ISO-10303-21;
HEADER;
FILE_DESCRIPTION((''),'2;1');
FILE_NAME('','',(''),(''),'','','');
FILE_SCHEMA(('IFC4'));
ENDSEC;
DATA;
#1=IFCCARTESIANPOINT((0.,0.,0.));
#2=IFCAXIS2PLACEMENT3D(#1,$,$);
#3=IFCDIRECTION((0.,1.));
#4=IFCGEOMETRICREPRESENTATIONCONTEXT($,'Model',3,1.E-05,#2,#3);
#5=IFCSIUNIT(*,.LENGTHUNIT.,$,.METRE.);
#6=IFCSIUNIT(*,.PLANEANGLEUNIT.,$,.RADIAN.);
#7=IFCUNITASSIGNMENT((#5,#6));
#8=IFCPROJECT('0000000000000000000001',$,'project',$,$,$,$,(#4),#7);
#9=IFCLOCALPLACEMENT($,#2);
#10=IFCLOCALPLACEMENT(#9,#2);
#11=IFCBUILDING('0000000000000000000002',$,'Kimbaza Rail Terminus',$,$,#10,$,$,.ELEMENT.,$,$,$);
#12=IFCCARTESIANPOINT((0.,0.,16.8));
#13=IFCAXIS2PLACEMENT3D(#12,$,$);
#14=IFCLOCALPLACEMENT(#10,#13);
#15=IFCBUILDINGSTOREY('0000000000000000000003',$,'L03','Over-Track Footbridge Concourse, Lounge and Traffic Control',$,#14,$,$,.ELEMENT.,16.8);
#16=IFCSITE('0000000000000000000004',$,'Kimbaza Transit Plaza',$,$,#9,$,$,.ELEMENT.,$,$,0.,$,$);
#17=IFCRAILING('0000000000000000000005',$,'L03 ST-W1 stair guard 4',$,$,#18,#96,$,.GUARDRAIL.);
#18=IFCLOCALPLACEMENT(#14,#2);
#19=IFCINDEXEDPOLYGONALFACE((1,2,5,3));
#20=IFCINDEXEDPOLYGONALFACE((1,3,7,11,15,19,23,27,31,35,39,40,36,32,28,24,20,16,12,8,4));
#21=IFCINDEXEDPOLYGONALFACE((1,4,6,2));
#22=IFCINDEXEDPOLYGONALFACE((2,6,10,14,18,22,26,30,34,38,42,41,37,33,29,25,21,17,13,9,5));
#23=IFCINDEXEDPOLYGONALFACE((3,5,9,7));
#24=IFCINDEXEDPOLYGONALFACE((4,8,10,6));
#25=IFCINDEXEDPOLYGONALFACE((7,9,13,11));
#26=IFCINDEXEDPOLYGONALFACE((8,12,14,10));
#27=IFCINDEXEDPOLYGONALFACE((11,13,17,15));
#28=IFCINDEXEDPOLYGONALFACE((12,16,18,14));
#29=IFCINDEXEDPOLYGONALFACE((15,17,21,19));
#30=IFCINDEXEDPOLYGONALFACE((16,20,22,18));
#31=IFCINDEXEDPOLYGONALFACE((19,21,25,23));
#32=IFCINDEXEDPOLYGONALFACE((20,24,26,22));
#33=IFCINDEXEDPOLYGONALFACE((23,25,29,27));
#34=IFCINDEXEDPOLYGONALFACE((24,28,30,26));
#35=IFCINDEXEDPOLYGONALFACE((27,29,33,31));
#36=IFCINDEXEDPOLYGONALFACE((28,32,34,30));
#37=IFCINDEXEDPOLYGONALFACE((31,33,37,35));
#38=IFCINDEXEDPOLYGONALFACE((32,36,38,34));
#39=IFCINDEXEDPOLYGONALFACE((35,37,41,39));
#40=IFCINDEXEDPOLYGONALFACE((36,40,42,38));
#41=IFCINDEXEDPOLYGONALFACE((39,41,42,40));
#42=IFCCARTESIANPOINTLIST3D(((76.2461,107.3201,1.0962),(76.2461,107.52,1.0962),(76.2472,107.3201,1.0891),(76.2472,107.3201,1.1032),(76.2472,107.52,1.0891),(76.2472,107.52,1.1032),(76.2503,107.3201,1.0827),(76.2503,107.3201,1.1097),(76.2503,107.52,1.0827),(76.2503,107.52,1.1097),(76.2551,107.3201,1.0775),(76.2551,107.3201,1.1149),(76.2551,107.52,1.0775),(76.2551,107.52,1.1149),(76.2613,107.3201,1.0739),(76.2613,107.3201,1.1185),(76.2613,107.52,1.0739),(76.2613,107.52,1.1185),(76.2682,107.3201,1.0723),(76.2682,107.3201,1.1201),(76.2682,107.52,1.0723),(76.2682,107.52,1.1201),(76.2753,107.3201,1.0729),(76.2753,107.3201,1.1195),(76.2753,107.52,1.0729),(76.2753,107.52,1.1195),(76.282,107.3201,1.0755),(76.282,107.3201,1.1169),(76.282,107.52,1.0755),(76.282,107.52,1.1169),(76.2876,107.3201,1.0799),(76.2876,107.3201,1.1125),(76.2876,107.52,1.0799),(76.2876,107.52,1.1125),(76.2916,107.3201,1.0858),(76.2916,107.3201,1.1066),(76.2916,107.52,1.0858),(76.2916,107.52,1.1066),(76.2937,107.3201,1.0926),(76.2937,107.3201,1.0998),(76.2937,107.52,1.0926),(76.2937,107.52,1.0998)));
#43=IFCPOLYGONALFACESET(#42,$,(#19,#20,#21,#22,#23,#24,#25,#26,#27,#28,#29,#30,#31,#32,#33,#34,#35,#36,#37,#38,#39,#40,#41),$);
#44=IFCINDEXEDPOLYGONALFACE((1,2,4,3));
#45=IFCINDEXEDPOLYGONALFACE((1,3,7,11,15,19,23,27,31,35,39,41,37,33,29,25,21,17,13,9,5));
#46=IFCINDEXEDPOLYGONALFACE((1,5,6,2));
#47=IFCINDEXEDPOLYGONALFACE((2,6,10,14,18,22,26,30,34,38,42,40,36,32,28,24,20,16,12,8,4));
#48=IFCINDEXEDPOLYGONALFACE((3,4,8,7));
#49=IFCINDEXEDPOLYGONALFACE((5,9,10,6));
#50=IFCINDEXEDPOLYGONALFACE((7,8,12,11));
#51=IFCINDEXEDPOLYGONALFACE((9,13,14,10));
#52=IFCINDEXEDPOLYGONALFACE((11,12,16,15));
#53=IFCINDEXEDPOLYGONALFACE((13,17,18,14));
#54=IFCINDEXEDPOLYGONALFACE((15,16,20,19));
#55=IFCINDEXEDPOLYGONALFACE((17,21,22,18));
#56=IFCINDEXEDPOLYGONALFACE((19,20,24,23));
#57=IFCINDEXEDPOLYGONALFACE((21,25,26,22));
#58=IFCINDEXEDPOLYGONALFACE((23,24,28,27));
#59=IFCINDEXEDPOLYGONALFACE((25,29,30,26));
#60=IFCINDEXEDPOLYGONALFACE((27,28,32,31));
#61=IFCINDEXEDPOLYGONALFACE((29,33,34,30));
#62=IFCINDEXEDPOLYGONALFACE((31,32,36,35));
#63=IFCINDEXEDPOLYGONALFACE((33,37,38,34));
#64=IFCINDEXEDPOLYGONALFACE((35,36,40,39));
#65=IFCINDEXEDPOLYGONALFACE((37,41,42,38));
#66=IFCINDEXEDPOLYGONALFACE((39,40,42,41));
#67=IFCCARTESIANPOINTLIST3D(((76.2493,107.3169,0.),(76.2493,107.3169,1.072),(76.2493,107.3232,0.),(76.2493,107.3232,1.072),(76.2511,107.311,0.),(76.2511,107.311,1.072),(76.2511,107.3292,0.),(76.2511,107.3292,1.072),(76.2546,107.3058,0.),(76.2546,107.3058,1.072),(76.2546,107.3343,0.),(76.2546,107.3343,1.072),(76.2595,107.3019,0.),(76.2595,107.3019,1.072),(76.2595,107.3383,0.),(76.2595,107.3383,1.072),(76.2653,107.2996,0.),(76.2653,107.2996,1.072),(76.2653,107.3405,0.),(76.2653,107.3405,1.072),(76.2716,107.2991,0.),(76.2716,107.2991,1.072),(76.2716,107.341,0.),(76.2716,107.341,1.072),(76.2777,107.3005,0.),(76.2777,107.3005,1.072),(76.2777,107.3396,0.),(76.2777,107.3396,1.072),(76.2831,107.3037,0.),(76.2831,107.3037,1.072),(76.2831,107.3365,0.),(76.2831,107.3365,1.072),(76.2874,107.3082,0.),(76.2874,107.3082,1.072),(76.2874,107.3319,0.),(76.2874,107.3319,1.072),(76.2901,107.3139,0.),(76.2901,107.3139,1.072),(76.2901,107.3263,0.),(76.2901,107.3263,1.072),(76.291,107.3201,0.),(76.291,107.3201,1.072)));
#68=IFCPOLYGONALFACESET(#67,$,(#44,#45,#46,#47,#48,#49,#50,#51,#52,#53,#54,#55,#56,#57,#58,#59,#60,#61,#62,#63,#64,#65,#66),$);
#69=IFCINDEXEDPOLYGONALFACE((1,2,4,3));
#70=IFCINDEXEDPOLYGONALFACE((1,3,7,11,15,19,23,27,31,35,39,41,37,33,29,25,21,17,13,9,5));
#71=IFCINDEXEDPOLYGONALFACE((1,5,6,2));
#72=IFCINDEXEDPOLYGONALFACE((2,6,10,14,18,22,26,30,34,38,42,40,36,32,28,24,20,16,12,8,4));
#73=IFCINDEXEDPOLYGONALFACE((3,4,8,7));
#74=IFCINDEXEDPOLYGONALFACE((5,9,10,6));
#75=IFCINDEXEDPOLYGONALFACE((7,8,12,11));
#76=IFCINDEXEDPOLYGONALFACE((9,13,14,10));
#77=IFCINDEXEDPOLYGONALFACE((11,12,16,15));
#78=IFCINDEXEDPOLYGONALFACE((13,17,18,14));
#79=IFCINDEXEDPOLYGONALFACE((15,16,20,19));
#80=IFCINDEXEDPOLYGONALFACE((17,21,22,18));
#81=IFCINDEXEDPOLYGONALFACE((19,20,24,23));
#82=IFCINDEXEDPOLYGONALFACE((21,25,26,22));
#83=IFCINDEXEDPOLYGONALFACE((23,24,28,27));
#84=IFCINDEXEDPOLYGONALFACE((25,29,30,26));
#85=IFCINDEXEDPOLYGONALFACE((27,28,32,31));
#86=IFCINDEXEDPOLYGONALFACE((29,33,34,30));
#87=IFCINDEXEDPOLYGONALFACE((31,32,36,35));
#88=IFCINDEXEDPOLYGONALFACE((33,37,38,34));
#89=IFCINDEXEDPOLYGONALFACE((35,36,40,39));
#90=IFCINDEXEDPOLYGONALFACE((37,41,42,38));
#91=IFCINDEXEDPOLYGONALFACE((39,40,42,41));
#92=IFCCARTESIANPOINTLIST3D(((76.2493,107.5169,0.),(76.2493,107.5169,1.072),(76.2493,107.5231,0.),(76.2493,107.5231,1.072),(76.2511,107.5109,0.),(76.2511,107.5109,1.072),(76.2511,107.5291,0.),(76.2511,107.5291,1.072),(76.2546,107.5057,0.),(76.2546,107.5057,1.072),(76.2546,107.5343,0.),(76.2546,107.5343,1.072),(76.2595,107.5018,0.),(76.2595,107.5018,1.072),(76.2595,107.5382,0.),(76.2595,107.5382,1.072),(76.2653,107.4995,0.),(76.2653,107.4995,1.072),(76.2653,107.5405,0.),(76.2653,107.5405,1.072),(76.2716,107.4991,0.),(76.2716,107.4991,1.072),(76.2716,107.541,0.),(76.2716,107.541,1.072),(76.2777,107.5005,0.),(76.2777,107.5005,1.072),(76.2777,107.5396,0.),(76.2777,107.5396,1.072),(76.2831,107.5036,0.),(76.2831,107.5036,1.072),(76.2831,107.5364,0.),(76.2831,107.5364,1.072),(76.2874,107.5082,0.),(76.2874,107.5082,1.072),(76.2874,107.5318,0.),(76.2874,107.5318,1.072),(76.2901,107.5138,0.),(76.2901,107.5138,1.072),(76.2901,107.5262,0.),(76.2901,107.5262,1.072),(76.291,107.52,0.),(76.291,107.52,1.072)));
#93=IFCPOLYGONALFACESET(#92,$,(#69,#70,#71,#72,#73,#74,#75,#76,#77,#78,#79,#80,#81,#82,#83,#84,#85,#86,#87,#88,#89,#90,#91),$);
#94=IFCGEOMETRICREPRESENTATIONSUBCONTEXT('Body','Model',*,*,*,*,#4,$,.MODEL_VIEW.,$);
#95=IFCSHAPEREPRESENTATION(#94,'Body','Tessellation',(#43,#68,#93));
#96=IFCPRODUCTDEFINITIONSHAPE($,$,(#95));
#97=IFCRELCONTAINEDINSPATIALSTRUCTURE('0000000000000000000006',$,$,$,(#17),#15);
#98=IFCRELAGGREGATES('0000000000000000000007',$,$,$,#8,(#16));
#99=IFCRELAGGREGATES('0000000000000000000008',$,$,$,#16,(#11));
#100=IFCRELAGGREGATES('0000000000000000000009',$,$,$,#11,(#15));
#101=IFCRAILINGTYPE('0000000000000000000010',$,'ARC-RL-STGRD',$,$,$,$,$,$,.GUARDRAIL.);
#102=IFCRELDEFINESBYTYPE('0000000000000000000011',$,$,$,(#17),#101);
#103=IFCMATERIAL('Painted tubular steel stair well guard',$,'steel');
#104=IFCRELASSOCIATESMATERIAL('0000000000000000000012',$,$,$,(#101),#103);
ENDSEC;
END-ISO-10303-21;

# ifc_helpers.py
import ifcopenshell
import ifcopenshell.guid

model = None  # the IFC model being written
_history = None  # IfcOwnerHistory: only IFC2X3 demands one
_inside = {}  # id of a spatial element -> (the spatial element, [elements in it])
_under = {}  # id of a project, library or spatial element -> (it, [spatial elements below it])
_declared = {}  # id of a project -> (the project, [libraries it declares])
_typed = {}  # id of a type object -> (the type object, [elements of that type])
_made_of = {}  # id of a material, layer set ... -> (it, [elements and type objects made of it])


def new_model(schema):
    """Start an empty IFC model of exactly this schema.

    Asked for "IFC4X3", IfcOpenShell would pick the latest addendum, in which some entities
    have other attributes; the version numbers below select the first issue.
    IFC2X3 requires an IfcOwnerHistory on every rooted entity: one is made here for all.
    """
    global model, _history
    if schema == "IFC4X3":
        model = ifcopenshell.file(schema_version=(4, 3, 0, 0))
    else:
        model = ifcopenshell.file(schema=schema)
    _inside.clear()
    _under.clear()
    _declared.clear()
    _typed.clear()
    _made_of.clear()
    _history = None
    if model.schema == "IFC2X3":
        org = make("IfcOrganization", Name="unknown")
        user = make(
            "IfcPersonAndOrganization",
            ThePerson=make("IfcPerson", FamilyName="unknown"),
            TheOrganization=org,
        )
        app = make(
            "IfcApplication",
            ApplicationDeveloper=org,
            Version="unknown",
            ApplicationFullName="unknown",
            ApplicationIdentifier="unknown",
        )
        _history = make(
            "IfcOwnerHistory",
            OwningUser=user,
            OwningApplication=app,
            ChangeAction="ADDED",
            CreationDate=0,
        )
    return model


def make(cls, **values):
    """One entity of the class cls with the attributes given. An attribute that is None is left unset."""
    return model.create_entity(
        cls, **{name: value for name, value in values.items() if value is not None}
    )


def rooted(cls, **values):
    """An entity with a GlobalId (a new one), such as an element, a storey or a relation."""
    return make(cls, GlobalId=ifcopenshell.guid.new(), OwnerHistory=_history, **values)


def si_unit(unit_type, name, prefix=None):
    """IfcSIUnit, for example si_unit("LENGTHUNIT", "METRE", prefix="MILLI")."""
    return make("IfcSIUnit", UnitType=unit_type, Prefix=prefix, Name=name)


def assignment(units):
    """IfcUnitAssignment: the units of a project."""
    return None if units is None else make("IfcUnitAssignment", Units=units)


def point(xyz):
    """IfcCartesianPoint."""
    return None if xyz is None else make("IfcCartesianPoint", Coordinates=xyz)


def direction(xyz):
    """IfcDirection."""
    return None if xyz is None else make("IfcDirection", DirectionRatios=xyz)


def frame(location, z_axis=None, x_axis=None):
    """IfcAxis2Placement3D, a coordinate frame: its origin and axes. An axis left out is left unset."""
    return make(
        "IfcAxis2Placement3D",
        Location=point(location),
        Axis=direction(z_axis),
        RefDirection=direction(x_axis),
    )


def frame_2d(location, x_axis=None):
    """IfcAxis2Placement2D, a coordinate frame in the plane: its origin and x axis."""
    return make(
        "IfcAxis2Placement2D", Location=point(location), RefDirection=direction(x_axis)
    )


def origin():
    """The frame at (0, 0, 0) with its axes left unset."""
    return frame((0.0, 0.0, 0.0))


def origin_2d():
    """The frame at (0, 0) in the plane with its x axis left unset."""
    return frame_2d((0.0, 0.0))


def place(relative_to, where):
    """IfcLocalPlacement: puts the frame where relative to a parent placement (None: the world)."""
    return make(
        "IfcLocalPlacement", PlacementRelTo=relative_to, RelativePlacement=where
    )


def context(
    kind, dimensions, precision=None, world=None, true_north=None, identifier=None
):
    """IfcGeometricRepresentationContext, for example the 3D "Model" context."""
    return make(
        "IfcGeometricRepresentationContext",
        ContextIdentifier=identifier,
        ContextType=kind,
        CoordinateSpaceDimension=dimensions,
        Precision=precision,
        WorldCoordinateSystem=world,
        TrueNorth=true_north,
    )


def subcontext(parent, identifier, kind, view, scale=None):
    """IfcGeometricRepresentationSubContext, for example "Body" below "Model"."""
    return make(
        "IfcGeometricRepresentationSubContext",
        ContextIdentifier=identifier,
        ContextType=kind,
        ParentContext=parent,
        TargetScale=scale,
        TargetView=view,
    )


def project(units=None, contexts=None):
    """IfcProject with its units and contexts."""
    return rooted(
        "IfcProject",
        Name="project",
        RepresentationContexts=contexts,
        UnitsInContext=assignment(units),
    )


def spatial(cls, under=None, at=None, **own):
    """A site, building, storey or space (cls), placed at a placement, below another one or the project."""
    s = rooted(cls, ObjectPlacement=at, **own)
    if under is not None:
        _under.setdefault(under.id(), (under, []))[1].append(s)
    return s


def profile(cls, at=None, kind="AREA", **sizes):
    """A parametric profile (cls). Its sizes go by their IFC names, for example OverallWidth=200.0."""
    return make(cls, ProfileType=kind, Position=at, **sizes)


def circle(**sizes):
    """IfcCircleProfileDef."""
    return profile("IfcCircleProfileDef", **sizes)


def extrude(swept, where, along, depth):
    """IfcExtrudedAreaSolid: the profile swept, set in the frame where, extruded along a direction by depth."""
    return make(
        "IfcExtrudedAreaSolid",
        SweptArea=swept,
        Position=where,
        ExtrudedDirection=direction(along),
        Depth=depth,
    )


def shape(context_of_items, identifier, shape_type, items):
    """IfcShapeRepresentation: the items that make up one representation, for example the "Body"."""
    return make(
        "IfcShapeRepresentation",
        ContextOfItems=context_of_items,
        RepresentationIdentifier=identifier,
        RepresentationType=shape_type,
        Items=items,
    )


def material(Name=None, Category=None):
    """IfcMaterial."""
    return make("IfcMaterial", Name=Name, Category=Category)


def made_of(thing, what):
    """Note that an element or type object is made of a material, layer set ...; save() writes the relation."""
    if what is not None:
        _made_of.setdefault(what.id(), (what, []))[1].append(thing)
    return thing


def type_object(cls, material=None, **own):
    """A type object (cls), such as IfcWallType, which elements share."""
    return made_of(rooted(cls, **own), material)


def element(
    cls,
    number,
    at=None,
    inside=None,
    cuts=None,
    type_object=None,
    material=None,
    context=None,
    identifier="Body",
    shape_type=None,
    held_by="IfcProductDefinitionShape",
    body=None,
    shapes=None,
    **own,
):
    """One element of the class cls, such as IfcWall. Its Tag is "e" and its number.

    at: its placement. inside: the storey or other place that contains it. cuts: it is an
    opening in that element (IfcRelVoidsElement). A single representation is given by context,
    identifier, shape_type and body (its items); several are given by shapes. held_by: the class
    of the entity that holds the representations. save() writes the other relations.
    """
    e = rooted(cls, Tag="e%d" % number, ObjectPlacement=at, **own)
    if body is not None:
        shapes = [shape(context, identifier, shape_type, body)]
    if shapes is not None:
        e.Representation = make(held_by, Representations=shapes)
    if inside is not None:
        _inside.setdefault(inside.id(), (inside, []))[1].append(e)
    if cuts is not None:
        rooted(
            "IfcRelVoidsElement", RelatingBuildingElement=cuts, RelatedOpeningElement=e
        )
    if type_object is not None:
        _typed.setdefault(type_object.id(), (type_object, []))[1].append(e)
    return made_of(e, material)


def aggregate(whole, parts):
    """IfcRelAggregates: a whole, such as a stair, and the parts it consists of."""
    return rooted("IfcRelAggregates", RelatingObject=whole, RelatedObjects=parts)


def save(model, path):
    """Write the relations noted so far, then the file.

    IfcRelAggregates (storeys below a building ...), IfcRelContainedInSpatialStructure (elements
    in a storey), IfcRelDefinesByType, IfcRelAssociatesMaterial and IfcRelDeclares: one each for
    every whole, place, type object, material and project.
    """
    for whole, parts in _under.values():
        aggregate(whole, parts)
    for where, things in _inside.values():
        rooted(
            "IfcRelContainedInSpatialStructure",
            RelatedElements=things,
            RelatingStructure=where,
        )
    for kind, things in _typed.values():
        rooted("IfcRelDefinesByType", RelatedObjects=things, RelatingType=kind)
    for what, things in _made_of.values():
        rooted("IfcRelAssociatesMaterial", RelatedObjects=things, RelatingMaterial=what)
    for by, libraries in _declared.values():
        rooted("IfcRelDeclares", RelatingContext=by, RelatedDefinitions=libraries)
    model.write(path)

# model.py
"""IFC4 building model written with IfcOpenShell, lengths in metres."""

from ifc_helpers import new_model, si_unit, direction, frame, origin, origin_2d, place, context, subcontext, project, spatial, circle, extrude, material, type_object, element, save


model = new_model("IFC4")

# Units and contexts
model_context = context("Model", 3, precision=1e-05, world=origin(), true_north=direction((0.0, 1.0)))
body_context = subcontext(model_context, "Body", "Model", "MODEL_VIEW")
ifc_project = project(units=[si_unit("LENGTHUNIT", "METRE"), si_unit("PLANEANGLEUNIT", "RADIAN")], contexts=[model_context])

# Site, building, storey
site_placement = place(None, origin())
site = spatial("IfcSite", under=ifc_project, at=site_placement, Name="Kimbaza Transit Plaza", CompositionType="ELEMENT", RefElevation=0.0)
building_placement = place(site_placement, origin())
building = spatial("IfcBuilding", under=site, at=building_placement, Name="Kimbaza Rail Terminus", CompositionType="ELEMENT")
storey_placement = place(building_placement, frame((0.0, 0.0, 16.8)))
storey = spatial("IfcBuildingStorey", under=building, at=storey_placement, Name="L03", Description="Over-Track Footbridge Concourse, Lounge and Traffic Control", CompositionType="ELEMENT", Elevation=16.8)

# Railing
ifc_material_1 = material(Name="Painted tubular steel stair well guard", Category="steel")
railing_type_1 = type_object("IfcRailingType", Name="ARC-RL-STGRD", PredefinedType="GUARDRAIL", material=ifc_material_1)
railing_1_placement = place(storey_placement, frame((76.27, 107.3201, 0.0)))
element("IfcRailing", 1, at=railing_1_placement, inside=storey, type_object=railing_type_1, Name="L03 ST-W1 stair guard 4", PredefinedType="GUARDRAIL", context=body_context, shape_type="SweptSolid", body=[
    extrude(circle(Radius=0.0239, at=origin_2d()), frame((0.0, 0.0, 1.0962), z_axis=(0.0, 1.0, 0.0), x_axis=(-1.0, 0.0, 0.0)), (0.0, 0.0, 1.0), 0.2),
    extrude(circle(Radius=0.021, at=origin_2d()), origin(), (0.0, 0.0, 1.0), 1.072),
    extrude(circle(Radius=0.021, at=origin_2d()), frame((0.0, 0.2, 0.0)), (0.0, 0.0, 1.0), 1.072),
])

save(model, "model.ifc")
